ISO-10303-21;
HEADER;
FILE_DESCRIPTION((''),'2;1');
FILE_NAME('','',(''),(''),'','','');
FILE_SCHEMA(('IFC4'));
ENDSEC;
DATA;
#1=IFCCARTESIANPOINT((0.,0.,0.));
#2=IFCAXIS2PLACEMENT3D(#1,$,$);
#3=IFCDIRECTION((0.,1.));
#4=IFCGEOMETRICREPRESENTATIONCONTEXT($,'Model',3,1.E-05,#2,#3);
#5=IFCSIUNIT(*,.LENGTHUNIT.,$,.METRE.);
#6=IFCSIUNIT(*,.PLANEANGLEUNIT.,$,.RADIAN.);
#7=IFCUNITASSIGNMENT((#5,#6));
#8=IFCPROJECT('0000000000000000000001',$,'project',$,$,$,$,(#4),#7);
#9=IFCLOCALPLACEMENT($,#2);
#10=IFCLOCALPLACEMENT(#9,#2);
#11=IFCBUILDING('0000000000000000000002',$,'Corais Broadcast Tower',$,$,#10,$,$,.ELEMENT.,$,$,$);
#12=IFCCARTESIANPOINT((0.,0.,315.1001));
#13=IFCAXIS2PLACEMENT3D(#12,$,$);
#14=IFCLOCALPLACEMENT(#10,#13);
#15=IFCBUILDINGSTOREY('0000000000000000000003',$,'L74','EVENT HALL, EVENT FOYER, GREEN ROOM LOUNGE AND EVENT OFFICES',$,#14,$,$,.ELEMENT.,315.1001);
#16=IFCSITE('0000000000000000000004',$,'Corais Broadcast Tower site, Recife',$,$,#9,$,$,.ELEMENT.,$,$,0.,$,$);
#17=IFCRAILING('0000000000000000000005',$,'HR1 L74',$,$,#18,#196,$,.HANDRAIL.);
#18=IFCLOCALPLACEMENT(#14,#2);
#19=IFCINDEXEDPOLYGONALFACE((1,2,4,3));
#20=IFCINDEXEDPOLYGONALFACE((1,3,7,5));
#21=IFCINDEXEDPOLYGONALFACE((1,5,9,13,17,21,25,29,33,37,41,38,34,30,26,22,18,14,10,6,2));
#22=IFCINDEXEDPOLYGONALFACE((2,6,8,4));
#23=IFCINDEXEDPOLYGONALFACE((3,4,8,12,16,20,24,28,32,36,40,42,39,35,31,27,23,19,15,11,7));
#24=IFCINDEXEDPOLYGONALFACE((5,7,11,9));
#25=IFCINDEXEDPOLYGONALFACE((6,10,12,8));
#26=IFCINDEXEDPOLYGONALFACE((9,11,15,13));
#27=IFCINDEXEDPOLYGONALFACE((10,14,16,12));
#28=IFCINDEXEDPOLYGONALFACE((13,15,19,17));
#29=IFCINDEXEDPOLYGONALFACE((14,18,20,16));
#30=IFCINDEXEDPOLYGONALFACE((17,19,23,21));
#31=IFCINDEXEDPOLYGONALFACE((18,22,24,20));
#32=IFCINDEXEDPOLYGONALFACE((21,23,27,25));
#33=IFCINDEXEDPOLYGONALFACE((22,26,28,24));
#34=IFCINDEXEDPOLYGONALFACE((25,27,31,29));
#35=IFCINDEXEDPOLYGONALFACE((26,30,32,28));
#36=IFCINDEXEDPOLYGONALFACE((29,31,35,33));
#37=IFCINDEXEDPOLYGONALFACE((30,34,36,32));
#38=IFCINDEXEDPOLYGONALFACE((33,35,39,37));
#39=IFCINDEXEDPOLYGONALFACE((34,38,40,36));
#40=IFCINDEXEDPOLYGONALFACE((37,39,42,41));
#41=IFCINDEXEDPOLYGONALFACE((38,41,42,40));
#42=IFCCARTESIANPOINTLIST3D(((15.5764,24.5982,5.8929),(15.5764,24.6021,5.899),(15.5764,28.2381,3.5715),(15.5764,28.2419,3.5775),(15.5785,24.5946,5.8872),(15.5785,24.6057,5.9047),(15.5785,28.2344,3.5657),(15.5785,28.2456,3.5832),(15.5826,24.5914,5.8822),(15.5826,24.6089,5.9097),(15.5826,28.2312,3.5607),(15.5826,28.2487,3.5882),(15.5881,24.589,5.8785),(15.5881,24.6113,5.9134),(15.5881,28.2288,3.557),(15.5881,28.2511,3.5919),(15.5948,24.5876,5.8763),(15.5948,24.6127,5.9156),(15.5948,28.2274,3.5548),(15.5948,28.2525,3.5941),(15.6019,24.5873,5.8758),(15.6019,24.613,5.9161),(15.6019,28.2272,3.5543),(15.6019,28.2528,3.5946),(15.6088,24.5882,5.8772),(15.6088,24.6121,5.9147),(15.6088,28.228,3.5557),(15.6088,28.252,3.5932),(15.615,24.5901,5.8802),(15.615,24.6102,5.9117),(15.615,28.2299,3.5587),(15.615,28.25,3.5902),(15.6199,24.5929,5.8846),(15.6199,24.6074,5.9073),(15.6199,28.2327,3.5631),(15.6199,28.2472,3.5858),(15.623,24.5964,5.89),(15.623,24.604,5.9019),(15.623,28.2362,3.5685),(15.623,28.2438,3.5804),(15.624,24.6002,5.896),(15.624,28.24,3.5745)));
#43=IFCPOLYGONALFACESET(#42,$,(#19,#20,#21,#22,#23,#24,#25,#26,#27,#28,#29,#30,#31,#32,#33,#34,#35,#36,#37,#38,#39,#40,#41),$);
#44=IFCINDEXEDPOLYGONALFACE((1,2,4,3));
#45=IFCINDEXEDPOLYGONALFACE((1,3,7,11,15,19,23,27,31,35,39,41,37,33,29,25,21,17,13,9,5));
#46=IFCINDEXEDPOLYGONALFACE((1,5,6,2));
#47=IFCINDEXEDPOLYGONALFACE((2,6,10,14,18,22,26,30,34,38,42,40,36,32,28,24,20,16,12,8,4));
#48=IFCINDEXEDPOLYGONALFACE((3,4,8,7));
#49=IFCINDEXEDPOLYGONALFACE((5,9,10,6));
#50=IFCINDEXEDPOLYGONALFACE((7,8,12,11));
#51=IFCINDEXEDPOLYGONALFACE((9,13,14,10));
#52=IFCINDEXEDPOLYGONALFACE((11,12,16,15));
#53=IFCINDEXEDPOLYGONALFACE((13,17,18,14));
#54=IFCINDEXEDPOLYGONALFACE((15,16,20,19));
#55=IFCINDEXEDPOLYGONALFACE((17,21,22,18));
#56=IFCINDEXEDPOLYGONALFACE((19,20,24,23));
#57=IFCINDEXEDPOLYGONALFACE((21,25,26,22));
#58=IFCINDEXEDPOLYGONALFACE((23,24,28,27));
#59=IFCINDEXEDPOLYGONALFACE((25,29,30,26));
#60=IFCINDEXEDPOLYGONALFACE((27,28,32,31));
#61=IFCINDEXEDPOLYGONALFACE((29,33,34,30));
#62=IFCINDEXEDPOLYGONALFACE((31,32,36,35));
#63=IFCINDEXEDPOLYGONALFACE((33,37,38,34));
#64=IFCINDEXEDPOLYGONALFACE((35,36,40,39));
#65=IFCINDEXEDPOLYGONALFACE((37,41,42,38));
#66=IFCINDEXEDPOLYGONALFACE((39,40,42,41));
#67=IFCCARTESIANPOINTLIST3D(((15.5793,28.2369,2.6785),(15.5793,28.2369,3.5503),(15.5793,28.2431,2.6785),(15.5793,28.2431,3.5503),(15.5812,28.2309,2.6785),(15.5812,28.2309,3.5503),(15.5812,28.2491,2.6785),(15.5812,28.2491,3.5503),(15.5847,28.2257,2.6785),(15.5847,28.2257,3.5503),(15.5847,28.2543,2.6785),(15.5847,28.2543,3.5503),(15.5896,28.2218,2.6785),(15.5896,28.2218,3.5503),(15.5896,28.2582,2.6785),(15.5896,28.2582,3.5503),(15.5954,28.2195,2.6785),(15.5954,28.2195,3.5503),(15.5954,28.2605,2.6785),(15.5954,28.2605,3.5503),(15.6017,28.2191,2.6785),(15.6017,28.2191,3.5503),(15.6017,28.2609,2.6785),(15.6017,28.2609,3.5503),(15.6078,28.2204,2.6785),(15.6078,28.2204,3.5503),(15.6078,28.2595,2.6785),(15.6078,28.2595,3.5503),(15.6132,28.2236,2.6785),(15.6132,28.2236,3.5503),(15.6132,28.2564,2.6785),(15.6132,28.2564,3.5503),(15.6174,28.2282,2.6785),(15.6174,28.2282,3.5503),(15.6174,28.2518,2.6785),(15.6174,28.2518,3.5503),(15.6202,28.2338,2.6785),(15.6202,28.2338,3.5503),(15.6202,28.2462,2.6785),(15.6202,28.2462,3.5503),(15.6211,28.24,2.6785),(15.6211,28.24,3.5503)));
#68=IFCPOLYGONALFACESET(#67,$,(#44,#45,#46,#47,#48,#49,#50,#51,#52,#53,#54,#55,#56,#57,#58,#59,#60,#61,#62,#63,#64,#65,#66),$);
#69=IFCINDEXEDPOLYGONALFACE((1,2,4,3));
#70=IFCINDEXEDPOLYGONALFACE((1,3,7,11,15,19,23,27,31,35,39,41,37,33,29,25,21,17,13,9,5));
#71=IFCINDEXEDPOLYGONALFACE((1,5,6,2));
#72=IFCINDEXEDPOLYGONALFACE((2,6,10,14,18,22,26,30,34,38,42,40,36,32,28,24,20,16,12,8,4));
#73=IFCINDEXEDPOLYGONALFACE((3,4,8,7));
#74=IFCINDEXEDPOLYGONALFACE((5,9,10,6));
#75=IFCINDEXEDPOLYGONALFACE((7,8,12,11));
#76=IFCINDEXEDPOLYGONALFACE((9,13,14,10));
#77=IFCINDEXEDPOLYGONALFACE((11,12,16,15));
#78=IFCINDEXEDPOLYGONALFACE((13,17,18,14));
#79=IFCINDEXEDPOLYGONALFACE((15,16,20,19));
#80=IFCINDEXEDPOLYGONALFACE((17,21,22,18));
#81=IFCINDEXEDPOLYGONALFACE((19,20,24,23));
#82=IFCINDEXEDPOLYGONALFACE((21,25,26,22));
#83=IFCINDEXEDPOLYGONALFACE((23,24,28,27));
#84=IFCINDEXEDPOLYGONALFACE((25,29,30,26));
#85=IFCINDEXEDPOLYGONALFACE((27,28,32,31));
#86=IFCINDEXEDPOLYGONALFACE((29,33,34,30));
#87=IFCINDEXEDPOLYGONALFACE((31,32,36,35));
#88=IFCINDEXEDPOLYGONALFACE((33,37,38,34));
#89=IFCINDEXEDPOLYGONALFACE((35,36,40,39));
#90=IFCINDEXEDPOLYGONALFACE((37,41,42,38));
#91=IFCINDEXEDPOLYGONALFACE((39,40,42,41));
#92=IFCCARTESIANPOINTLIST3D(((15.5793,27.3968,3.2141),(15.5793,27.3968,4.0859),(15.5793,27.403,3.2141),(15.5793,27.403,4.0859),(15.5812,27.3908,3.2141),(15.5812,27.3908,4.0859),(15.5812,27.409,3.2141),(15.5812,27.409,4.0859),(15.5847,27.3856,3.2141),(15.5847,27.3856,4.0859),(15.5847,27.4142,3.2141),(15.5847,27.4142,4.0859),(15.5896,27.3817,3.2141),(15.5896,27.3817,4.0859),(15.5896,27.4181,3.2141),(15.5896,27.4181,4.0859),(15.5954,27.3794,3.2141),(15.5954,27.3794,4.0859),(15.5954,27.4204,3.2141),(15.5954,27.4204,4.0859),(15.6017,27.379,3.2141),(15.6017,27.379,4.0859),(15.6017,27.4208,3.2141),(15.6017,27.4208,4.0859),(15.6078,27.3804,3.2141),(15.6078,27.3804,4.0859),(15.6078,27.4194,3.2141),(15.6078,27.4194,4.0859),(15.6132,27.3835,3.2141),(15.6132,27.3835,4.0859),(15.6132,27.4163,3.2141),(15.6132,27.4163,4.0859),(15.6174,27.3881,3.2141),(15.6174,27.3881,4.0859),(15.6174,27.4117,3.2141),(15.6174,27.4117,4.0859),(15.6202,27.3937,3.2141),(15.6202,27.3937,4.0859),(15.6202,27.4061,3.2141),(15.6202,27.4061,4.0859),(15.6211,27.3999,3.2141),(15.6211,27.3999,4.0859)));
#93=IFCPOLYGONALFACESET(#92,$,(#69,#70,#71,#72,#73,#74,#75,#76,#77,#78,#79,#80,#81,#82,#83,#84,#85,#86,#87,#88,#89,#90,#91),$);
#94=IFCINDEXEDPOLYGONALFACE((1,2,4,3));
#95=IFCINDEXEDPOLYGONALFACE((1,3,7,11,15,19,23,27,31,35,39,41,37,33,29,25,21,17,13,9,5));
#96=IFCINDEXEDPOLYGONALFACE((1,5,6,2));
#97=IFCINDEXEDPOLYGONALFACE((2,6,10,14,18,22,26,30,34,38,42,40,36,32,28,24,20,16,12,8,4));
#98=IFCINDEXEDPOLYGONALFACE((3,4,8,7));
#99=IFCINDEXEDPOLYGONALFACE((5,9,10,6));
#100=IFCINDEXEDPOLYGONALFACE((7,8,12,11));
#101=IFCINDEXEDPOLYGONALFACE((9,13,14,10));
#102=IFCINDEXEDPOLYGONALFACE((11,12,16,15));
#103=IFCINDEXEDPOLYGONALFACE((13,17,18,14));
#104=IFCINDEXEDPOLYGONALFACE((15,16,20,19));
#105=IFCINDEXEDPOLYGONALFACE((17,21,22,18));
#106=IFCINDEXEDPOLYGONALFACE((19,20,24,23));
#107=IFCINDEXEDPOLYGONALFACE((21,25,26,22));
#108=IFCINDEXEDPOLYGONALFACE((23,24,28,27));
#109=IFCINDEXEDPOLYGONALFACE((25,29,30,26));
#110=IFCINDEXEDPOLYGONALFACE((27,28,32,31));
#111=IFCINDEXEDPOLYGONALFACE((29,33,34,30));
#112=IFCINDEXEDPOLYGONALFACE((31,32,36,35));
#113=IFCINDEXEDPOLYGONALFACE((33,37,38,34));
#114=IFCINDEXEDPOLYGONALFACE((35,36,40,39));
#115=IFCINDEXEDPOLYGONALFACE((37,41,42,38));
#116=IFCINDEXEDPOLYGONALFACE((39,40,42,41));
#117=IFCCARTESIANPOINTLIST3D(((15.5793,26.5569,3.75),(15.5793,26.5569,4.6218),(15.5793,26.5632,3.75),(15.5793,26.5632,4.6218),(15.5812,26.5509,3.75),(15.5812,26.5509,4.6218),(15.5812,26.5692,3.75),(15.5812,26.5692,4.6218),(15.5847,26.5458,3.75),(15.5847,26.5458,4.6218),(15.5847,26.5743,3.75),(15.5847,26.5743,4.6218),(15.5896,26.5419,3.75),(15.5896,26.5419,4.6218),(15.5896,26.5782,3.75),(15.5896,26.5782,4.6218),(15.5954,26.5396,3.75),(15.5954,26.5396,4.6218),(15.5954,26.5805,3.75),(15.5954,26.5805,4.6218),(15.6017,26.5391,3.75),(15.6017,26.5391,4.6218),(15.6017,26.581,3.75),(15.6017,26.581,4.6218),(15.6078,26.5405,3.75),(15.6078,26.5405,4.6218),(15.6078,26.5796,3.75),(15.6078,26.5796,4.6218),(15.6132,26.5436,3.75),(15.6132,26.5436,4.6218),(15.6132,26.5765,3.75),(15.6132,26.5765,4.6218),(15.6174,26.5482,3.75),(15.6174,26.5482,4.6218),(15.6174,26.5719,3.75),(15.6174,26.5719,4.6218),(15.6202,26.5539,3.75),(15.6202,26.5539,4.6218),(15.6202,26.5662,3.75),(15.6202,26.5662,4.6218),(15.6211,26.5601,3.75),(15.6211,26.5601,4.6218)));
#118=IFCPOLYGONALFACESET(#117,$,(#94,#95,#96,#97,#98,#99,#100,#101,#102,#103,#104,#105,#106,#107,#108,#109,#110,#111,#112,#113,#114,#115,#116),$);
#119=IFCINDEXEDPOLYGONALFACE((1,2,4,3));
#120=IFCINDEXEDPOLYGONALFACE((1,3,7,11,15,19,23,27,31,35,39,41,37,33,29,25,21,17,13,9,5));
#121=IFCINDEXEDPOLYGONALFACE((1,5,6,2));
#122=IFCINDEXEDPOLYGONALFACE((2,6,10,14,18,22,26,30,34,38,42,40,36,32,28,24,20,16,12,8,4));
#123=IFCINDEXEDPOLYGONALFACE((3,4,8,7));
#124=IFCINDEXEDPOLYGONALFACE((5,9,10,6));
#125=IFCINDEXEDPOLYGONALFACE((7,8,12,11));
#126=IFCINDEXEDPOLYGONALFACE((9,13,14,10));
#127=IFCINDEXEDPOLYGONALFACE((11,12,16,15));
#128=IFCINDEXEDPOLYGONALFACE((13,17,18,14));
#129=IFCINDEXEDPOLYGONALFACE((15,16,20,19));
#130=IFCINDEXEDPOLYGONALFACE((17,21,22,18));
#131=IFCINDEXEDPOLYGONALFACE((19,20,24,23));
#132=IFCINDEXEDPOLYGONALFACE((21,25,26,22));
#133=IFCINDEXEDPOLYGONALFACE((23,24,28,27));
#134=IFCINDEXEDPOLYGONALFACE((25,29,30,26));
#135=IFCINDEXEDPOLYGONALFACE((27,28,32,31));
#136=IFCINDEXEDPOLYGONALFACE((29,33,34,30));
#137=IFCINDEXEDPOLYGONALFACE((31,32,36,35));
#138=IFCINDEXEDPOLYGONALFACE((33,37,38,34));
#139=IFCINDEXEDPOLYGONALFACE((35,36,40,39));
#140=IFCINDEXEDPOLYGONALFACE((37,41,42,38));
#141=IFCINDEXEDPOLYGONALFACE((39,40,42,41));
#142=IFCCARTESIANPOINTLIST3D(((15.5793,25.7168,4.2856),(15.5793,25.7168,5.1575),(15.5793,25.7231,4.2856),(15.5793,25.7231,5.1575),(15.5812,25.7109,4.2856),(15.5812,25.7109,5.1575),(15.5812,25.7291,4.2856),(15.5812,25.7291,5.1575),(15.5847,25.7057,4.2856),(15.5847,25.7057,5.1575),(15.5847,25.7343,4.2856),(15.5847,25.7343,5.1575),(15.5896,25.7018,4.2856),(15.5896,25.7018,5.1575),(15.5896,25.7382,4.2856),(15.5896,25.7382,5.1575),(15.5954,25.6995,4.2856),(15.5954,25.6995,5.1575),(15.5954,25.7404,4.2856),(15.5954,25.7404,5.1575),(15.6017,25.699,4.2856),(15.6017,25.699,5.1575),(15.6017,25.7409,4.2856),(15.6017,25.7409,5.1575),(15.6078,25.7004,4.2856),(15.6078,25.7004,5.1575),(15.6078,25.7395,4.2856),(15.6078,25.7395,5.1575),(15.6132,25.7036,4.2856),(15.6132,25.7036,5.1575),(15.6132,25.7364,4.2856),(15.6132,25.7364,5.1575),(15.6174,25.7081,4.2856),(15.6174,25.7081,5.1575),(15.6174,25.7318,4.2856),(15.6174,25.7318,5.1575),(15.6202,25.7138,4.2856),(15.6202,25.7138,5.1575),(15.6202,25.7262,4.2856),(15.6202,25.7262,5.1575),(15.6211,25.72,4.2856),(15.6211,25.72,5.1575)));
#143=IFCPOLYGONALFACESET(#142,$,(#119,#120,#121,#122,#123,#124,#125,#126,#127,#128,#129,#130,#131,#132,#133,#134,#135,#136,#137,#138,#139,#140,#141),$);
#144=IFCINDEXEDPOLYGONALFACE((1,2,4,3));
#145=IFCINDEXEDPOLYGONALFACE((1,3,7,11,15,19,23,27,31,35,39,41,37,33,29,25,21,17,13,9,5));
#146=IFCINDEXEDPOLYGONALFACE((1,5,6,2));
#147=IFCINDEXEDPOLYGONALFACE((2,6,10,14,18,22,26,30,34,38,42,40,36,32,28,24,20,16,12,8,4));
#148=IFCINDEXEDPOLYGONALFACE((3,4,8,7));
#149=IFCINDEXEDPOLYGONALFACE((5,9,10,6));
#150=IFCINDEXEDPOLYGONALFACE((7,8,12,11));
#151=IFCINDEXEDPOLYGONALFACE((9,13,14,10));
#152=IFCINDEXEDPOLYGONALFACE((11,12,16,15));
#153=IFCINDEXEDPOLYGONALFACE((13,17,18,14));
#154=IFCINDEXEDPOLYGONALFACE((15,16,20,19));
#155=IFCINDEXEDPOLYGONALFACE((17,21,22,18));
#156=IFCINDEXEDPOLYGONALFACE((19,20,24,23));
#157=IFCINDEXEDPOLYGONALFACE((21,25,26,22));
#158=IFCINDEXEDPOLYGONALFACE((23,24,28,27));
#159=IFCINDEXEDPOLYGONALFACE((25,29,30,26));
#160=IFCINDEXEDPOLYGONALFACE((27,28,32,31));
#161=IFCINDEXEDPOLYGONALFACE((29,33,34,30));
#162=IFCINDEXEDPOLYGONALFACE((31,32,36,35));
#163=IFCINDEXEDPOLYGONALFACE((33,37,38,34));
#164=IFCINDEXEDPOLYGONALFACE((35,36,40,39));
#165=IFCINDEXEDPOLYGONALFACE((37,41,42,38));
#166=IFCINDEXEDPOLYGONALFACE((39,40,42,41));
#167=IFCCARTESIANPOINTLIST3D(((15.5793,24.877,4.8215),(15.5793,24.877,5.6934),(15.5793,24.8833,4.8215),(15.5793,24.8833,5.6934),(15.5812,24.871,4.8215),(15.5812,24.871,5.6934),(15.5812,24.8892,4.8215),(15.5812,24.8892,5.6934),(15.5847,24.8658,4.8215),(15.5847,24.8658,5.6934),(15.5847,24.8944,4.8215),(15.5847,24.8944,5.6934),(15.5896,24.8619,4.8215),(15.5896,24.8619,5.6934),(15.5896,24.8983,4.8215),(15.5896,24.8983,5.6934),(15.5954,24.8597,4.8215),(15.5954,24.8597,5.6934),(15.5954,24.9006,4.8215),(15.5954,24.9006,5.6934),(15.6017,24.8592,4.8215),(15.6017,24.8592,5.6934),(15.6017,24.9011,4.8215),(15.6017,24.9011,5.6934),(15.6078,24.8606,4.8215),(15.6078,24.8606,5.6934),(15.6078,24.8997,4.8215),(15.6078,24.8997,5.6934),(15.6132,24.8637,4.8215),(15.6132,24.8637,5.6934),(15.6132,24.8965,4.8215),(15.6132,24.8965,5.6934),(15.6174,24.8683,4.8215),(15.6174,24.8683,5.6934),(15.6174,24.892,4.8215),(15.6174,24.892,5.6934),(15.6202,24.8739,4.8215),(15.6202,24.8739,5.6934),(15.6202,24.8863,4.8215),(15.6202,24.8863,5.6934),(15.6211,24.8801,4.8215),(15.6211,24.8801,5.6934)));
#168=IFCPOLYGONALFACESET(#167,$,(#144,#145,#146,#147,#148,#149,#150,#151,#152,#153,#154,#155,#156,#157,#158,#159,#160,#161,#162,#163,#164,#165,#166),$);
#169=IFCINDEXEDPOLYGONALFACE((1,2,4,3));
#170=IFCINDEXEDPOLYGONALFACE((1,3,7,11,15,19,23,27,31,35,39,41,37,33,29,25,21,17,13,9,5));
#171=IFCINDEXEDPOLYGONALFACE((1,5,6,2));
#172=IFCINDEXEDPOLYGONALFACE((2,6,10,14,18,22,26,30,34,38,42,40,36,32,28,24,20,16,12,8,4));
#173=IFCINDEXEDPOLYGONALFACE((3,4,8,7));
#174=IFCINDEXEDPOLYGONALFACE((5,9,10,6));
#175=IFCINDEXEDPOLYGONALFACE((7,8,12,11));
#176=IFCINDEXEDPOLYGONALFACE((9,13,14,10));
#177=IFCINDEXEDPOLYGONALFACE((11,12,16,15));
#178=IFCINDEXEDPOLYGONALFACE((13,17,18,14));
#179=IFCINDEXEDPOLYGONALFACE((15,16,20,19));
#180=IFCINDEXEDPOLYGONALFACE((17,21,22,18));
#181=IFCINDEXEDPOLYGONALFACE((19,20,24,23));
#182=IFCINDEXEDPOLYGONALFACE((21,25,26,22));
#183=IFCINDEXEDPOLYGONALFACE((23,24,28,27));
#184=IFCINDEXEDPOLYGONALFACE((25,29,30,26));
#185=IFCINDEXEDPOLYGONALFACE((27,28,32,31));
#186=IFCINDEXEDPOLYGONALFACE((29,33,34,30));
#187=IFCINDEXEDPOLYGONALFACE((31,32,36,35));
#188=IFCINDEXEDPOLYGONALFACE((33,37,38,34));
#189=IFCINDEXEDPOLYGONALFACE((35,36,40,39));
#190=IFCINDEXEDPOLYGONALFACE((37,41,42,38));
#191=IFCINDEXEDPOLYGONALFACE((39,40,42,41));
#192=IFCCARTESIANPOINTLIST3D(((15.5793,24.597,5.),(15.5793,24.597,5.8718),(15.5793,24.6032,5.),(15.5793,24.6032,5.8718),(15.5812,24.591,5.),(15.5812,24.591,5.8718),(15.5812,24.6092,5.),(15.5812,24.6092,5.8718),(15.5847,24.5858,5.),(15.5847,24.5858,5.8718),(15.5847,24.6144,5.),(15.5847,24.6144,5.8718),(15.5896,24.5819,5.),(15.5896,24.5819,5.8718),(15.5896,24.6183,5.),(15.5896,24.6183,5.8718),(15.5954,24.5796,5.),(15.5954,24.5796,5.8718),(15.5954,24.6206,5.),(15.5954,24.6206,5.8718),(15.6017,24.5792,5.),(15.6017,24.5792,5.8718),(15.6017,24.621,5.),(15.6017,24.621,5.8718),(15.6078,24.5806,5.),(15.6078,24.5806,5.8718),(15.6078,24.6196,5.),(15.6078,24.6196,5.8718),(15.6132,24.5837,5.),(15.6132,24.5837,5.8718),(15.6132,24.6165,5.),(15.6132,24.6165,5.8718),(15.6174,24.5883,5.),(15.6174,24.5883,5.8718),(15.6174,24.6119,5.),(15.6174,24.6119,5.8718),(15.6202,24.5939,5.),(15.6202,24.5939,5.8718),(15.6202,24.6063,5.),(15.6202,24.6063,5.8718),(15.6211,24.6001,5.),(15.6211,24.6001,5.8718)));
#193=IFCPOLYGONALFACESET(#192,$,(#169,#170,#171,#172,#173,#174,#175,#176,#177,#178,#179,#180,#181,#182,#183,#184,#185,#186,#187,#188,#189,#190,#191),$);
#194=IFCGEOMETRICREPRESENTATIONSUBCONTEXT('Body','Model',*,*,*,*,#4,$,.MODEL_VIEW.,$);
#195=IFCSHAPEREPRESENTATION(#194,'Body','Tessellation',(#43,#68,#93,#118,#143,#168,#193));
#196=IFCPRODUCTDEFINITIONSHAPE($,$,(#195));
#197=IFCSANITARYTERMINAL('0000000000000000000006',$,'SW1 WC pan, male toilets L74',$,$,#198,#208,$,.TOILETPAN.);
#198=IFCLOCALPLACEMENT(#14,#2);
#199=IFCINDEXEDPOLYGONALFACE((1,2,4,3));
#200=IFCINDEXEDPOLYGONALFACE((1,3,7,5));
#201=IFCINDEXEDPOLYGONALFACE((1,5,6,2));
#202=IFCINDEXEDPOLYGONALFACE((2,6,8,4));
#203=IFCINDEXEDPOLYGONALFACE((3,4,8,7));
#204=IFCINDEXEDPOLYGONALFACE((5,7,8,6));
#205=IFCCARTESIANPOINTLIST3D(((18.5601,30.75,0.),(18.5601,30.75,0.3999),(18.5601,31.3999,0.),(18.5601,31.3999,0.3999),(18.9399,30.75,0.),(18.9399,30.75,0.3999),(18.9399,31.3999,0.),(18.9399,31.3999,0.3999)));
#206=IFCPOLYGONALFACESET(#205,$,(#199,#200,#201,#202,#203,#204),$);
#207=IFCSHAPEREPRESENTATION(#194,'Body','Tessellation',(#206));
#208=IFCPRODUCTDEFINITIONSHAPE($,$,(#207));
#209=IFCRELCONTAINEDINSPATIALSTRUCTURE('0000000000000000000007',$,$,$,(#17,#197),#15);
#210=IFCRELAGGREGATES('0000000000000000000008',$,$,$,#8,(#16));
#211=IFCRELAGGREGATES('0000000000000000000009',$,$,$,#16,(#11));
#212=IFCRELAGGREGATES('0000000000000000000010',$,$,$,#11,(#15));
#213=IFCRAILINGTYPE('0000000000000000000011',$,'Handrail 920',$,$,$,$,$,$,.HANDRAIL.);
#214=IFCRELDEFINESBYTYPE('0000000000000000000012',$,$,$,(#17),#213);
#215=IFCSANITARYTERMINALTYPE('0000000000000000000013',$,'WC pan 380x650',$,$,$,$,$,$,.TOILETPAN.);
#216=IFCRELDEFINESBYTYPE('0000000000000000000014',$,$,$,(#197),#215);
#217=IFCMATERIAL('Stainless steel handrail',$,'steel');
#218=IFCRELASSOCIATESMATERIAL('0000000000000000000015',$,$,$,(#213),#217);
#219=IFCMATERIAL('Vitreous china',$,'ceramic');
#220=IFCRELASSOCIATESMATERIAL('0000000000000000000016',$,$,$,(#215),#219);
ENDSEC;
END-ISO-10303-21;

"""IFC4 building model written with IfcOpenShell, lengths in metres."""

from ifc_helpers import new_model, si_unit, direction, frame, origin, origin_2d, place, context, subcontext, project, spatial, rectangle, circle, extrude, material, type_object, element, save


model = new_model("IFC4")

# Units and contexts
model_context = context("Model", 3, precision=1e-05, world=origin(), true_north=direction((0.0, 1.0)))
body_context = subcontext(model_context, "Body", "Model", "MODEL_VIEW")
ifc_project = project(units=[si_unit("LENGTHUNIT", "METRE"), si_unit("PLANEANGLEUNIT", "RADIAN")], contexts=[model_context])

# Site, building, storey
site_placement = place(None, origin())
site = spatial("IfcSite", under=ifc_project, at=site_placement, Name="Corais Broadcast Tower site, Recife", CompositionType="ELEMENT", RefElevation=0.0)
building_placement = place(site_placement, origin())
building = spatial("IfcBuilding", under=site, at=building_placement, Name="Corais Broadcast Tower", CompositionType="ELEMENT")
storey_placement = place(building_placement, frame((0.0, 0.0, 315.1001)))
storey = spatial("IfcBuildingStorey", under=building, at=storey_placement, Name="L74", Description="EVENT HALL, EVENT FOYER, GREEN ROOM LOUNGE AND EVENT OFFICES", CompositionType="ELEMENT", Elevation=315.1001)

# Railing
ifc_material_1 = material(Name="Stainless steel handrail", Category="steel")
railing_type = type_object("IfcRailingType", Name="Handrail 920", PredefinedType="HANDRAIL", material=ifc_material_1)
railing_placement = place(storey_placement, frame((15.6001, 28.24, 2.6785)))
element("IfcRailing", 1, at=railing_placement, inside=storey, type_object=railing_type, Name="HR1 L74", PredefinedType="HANDRAIL", context=body_context, shape_type="SweptSolid", body=[
    extrude(circle(Radius=0.0239, at=origin_2d()), frame((0.0, 0.0, 0.896), z_axis=(0.0, -0.843112, 0.537739), x_axis=(1.0, 0.0, 0.0)), (0.0, 0.0, 1.0), 4.3171),
    extrude(circle(Radius=0.021, at=origin_2d()), origin(), (0.0, 0.0, 1.0), 0.8718),
    extrude(circle(Radius=0.021, at=origin_2d()), frame((0.0, -0.8401, 0.5356)), (0.0, 0.0, 1.0), 0.8718),
    extrude(circle(Radius=0.021, at=origin_2d()), frame((0.0, -1.6799, 1.0715)), (0.0, 0.0, 1.0), 0.8718),
    extrude(circle(Radius=0.021, at=origin_2d()), frame((0.0, -2.52, 1.6072)), (0.0, 0.0, 1.0), 0.8718),
    extrude(circle(Radius=0.021, at=origin_2d()), frame((0.0, -3.3599, 2.1431)), (0.0, 0.0, 1.0), 0.8718),
    extrude(circle(Radius=0.021, at=origin_2d()), frame((0.0, -3.6399, 2.3215)), (0.0, 0.0, 1.0), 0.8718),
])

# Sanitary terminal
ifc_material_2 = material(Name="Vitreous china", Category="ceramic")
sanitary_terminal_type_1 = type_object("IfcSanitaryTerminalType", Name="WC pan 380x650", PredefinedType="TOILETPAN", material=ifc_material_2)
for number, where, z_axis, x_axis, name in (
    (2, (18.75, 31.075, 0.0), (0.0, 0.0, 1.0), (1.0, 0.0, 0.0), "SW1 WC pan, male toilets L74"),
):
    element("IfcSanitaryTerminal", number, at=place(storey_placement, frame(where, z_axis=z_axis, x_axis=x_axis)), inside=storey, type_object=sanitary_terminal_type_1, Name=name, PredefinedType="TOILETPAN", context=body_context, shape_type="SweptSolid", body=[
        extrude(rectangle(XDim=0.3799, YDim=0.6499, at=origin_2d()), origin(), (0.0, 0.0, 1.0), 0.3999),
    ])

save(model, "model.ifc")
